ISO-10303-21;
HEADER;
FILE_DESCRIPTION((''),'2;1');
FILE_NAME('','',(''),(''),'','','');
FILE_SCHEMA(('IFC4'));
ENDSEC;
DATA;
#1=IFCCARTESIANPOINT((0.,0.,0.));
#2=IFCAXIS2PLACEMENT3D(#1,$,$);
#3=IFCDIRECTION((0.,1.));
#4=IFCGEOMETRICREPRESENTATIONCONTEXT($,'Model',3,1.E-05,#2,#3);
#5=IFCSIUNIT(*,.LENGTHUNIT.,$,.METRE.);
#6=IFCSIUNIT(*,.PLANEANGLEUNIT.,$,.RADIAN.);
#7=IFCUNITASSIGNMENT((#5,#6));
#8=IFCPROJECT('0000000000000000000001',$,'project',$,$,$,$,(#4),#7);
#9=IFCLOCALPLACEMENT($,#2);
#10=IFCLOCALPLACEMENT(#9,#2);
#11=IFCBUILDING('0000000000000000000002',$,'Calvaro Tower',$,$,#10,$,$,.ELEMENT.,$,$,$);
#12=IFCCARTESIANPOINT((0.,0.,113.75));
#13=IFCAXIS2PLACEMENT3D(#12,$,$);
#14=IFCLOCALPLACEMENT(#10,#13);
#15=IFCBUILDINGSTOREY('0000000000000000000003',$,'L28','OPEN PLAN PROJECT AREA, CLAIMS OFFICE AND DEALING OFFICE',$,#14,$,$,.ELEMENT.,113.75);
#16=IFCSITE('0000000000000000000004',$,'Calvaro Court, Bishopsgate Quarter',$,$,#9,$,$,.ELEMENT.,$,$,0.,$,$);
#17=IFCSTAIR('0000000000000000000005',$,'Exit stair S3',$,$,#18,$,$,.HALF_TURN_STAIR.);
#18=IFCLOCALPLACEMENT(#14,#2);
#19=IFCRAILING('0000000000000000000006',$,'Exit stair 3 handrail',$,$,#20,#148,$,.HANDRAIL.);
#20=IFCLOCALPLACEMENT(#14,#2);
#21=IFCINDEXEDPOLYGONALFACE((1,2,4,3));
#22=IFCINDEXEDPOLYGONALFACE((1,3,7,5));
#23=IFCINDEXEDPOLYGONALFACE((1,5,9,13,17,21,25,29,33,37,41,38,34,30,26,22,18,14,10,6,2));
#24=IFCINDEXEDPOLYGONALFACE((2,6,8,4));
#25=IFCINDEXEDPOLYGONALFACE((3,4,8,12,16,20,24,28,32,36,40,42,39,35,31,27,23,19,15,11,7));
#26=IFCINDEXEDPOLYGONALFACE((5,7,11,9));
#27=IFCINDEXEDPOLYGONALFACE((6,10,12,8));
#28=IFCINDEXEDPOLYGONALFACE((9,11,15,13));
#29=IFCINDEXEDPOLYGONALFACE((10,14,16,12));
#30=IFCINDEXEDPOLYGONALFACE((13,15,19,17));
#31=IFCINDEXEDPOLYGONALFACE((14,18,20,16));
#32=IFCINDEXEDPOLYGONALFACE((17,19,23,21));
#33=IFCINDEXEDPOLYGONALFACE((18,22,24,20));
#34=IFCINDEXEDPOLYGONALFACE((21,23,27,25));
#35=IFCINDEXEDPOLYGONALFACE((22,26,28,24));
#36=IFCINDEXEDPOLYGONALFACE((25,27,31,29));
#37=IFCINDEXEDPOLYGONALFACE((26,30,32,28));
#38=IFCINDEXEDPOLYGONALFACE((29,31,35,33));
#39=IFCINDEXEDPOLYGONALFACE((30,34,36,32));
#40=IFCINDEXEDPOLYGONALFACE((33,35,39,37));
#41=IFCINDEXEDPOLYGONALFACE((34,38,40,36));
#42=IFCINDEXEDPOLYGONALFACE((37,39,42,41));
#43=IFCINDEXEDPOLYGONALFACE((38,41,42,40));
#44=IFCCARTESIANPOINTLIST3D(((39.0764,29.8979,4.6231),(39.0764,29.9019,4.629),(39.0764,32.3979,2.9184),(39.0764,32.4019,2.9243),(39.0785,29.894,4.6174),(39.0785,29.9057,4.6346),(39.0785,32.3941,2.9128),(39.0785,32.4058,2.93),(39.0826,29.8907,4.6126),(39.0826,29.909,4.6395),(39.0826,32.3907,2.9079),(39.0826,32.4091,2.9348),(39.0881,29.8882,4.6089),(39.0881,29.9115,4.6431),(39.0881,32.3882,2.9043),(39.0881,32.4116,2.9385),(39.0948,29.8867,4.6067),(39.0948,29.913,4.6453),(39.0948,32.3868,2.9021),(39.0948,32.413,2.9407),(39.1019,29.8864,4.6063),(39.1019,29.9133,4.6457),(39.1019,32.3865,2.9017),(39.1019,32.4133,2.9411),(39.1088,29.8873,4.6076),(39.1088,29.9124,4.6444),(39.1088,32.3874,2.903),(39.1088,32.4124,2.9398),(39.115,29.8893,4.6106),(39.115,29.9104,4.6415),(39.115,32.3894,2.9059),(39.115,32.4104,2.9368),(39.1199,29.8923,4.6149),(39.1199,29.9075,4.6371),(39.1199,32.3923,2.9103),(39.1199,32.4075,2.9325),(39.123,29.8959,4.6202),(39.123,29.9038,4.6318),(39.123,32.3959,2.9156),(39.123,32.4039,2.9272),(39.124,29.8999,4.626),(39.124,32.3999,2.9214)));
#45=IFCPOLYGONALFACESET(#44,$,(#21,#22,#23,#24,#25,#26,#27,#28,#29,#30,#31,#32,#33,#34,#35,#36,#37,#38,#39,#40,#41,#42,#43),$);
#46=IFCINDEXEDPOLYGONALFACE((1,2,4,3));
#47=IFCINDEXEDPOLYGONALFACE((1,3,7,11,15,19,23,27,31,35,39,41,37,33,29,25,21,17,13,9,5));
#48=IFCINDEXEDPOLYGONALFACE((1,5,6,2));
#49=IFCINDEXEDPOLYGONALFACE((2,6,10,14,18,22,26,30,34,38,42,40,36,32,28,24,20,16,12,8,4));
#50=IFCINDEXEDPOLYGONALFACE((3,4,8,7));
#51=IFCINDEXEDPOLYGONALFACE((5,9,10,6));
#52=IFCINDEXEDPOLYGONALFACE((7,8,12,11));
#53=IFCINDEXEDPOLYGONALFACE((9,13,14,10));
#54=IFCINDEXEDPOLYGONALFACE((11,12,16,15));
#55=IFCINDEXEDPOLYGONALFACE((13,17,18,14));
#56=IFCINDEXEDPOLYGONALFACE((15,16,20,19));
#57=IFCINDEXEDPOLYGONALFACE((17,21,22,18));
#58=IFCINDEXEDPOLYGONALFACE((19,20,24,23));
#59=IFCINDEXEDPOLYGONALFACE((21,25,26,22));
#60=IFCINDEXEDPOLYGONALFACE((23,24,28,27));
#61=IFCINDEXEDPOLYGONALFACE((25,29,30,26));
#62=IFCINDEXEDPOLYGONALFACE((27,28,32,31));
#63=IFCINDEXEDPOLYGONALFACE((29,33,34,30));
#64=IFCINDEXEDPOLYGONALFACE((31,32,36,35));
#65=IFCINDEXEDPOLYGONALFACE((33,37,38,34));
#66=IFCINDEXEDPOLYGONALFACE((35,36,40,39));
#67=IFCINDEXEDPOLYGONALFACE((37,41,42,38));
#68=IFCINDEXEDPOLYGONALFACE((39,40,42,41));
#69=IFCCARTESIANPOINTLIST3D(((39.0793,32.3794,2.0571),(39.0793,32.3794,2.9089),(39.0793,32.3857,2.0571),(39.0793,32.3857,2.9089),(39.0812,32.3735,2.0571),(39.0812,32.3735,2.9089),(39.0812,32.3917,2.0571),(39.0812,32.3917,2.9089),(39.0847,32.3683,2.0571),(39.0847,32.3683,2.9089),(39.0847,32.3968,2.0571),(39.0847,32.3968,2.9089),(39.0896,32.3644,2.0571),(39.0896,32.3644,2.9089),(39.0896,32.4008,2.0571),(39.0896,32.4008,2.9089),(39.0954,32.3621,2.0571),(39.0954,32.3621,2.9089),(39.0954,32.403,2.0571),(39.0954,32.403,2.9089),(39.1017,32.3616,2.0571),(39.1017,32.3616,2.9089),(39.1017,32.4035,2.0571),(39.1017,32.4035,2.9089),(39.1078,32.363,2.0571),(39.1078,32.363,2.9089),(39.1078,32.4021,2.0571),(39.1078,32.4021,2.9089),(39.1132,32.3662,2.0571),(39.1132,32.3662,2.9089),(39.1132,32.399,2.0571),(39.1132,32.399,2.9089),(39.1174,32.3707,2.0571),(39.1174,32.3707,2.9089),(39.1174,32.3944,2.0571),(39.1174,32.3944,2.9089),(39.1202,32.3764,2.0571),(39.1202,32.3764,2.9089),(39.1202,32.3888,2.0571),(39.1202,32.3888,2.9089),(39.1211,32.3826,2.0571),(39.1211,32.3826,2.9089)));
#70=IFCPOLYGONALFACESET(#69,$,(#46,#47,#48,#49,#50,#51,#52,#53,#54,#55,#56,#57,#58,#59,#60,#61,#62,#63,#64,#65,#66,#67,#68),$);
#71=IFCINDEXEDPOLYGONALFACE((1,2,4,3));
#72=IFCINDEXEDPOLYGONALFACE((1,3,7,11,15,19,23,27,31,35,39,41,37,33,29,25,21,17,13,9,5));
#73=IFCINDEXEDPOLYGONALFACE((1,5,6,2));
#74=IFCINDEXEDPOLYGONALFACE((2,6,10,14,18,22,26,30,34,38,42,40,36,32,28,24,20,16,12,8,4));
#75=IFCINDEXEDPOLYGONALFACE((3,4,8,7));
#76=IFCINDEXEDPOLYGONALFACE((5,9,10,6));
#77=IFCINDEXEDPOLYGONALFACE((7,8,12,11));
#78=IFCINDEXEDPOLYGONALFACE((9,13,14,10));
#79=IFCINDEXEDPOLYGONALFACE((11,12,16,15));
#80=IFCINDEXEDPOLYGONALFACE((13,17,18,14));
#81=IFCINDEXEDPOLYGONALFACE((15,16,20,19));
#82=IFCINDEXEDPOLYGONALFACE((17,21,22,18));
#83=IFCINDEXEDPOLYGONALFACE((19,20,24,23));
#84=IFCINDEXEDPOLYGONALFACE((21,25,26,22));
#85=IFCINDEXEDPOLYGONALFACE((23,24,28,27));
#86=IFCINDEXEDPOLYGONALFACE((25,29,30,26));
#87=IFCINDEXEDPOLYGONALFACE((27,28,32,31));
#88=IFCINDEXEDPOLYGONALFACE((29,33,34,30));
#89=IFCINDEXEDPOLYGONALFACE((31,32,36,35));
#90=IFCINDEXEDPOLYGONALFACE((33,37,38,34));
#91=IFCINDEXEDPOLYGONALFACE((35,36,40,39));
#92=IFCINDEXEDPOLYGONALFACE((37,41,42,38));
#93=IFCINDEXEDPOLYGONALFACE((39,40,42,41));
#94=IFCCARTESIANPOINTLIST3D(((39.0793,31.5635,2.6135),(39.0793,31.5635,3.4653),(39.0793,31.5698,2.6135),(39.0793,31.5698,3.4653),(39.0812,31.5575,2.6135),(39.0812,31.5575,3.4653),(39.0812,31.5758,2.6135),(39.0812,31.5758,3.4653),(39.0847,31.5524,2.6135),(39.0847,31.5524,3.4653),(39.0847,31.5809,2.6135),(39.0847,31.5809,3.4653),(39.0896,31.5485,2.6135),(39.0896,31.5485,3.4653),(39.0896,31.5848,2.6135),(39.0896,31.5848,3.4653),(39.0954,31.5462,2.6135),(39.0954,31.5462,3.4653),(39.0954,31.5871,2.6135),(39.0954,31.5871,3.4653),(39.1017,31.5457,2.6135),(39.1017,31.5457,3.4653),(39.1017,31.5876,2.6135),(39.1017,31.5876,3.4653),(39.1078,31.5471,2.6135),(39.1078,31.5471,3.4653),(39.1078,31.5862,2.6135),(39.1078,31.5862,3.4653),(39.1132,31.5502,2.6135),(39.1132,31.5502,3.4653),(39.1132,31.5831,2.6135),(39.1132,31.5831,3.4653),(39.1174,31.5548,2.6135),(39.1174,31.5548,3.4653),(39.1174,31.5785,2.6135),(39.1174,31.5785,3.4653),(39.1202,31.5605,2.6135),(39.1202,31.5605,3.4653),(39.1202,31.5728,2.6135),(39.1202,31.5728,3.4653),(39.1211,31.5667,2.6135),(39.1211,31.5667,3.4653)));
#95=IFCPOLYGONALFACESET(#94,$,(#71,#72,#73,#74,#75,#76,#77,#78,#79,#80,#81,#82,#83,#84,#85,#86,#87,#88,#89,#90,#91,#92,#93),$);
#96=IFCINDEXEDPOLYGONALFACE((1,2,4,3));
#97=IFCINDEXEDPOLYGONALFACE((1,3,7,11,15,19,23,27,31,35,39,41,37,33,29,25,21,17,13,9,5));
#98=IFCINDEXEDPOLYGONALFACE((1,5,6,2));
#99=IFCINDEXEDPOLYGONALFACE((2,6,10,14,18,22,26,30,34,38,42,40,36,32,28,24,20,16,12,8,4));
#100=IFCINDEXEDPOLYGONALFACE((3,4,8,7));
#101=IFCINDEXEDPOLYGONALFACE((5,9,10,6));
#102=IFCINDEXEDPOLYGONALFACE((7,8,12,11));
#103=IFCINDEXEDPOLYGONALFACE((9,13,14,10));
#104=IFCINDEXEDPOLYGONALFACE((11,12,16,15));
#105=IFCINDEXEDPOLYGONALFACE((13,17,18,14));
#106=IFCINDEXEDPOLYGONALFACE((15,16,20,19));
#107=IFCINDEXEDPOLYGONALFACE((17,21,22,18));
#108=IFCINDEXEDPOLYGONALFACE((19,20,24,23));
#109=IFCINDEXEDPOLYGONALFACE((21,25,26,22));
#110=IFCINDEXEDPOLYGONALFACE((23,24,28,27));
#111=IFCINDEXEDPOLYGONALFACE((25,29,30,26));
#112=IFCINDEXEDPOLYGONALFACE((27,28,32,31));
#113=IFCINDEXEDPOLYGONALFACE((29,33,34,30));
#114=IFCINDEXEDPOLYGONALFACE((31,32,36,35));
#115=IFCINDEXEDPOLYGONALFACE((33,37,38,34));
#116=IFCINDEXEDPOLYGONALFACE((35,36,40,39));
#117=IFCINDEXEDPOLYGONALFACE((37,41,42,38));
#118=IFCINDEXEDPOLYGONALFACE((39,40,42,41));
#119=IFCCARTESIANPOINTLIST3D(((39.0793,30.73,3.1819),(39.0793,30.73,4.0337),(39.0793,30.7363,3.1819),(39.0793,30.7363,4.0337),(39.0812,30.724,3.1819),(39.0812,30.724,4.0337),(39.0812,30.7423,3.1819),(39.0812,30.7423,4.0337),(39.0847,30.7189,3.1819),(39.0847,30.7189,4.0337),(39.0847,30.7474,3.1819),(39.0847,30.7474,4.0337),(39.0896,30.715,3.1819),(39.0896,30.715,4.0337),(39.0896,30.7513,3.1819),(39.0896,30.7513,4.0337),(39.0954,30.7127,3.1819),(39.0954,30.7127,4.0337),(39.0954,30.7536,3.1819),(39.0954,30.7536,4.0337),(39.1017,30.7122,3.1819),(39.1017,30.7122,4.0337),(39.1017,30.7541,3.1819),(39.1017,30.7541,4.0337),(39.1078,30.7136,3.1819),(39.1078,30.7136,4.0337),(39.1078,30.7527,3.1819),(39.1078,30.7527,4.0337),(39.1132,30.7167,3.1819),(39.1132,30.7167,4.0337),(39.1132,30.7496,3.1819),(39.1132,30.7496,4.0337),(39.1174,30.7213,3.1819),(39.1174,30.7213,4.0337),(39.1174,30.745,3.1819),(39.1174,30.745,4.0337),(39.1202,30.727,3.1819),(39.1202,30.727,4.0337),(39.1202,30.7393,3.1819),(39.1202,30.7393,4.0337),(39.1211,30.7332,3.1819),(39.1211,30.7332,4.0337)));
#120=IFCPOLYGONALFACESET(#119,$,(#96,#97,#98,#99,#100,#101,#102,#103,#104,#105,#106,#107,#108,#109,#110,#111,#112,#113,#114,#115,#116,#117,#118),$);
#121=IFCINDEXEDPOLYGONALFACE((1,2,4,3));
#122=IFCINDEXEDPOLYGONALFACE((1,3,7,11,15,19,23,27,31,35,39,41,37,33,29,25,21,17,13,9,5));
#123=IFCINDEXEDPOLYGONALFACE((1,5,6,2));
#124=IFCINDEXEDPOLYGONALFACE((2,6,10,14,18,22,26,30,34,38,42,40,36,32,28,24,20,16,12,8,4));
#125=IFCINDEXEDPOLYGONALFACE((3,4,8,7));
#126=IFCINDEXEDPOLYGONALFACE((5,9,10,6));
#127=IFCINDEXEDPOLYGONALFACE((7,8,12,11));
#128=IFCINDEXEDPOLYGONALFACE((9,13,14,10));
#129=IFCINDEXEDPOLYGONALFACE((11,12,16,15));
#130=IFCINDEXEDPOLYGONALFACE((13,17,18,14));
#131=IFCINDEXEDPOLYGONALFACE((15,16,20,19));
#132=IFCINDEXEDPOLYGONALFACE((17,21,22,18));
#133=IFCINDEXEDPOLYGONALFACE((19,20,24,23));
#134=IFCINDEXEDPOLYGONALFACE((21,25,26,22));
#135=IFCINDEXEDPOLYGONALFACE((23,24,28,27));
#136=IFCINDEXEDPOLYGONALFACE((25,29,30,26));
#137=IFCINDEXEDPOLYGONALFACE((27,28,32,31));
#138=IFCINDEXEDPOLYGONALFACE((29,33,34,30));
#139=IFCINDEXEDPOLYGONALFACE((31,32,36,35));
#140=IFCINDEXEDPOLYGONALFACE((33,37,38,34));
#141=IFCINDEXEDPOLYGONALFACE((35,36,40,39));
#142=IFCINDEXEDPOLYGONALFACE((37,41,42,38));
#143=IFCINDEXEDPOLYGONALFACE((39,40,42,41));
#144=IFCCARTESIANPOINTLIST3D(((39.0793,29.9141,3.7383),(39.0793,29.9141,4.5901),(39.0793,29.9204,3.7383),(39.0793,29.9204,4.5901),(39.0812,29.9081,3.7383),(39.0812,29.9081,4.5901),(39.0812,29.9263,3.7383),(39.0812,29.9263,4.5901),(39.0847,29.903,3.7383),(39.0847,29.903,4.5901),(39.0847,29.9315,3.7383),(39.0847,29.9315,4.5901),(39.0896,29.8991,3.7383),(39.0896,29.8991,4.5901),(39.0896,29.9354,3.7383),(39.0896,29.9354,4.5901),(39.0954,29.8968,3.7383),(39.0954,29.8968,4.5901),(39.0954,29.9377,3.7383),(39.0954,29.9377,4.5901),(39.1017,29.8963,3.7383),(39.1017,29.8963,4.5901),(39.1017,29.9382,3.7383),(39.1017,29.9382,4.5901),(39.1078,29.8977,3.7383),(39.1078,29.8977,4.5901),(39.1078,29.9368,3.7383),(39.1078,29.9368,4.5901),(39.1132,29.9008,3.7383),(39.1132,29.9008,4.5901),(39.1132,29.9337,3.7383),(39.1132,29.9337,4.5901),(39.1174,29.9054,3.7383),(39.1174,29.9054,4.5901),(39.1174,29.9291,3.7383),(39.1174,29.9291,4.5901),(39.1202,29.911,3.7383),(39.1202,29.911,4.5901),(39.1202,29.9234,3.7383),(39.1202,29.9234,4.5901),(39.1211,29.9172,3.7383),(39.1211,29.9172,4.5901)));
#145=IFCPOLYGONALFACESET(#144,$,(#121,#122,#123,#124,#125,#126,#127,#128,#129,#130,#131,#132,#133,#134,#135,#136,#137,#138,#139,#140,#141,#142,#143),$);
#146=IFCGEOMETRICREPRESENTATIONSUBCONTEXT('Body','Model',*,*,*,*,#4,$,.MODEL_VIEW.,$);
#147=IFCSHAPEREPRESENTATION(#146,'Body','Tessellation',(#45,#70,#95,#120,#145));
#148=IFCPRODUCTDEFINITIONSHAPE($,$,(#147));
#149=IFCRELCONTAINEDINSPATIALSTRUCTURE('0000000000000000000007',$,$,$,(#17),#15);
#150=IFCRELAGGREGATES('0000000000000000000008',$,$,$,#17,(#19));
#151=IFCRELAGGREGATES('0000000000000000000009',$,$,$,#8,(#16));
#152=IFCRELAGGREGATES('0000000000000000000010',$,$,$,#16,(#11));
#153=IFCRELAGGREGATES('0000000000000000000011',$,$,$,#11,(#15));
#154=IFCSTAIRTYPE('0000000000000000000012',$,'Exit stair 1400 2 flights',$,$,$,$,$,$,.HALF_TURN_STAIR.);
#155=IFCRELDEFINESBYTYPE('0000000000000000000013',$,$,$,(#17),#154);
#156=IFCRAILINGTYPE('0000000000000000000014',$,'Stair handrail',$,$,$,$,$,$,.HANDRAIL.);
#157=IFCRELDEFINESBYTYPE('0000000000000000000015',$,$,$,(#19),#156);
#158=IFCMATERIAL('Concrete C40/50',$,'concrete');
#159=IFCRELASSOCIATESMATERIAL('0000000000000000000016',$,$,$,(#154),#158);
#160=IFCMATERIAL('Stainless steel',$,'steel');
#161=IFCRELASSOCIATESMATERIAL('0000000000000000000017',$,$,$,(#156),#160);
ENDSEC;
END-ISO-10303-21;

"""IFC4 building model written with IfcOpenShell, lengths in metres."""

from ifc_helpers import new_model, si_unit, direction, frame, origin, origin_2d, place, context, subcontext, project, spatial, circle, extrude, material, type_object, element, aggregate, save


model = new_model("IFC4")

# Units and contexts
model_context = context("Model", 3, precision=1e-05, world=origin(), true_north=direction((0.0, 1.0)))
body_context = subcontext(model_context, "Body", "Model", "MODEL_VIEW")
ifc_project = project(units=[si_unit("LENGTHUNIT", "METRE"), si_unit("PLANEANGLEUNIT", "RADIAN")], contexts=[model_context])

# Site, building, storey
site_placement = place(None, origin())
site = spatial("IfcSite", under=ifc_project, at=site_placement, Name="Calvaro Court, Bishopsgate Quarter", CompositionType="ELEMENT", RefElevation=0.0)
building_placement = place(site_placement, origin())
building = spatial("IfcBuilding", under=site, at=building_placement, Name="Calvaro Tower", CompositionType="ELEMENT")
storey_placement = place(building_placement, frame((0.0, 0.0, 113.75)))
storey = spatial("IfcBuildingStorey", under=building, at=storey_placement, Name="L28", Description="OPEN PLAN PROJECT AREA, CLAIMS OFFICE AND DEALING OFFICE", CompositionType="ELEMENT", Elevation=113.75)

# Stair
ifc_material_1 = material(Name="Concrete C40/50", Category="concrete")
stair_type = type_object("IfcStairType", Name="Exit stair 1400 2 flights", PredefinedType="HALF_TURN_STAIR", material=ifc_material_1)
stair_1_placement = place(storey_placement, origin())
stair_1 = element("IfcStair", 1, at=stair_1_placement, inside=storey, type_object=stair_type, Name="Exit stair S3", PredefinedType="HALF_TURN_STAIR")

# Railing
ifc_material_2 = material(Name="Stainless steel", Category="steel")
railing_type = type_object("IfcRailingType", Name="Stair handrail", PredefinedType="HANDRAIL", material=ifc_material_2)
railing_1_placement = place(storey_placement, frame((39.1001, 32.3999, 2.0454)))
railing_1 = element("IfcRailing", 2, at=railing_1_placement, type_object=railing_type, Name="Exit stair 3 handrail", PredefinedType="HANDRAIL", context=body_context, shape_type="SweptSolid", body=[
    extrude(circle(Radius=0.0239, at=origin_2d()), frame((0.0, 0.0, 0.876), z_axis=(0.0, -0.826221, 0.563347), x_axis=(1.0, 0.0, 0.0)), (0.0, 0.0, 1.0), 3.0259),
    extrude(circle(Radius=0.021, at=origin_2d()), frame((0.0, -0.0173, 0.0117)), (0.0, 0.0, 1.0), 0.8518),
    extrude(circle(Radius=0.021, at=origin_2d()), frame((0.0, -0.8333, 0.5681)), (0.0, 0.0, 1.0), 0.8518),
    extrude(circle(Radius=0.021, at=origin_2d()), frame((0.0, -1.6667, 1.1365)), (0.0, 0.0, 1.0), 0.8518),
    extrude(circle(Radius=0.021, at=origin_2d()), frame((0.0, -2.4827, 1.6929)), (0.0, 0.0, 1.0), 0.8518),
])
aggregate(stair_1, [railing_1])

save(model, "model.ifc")
